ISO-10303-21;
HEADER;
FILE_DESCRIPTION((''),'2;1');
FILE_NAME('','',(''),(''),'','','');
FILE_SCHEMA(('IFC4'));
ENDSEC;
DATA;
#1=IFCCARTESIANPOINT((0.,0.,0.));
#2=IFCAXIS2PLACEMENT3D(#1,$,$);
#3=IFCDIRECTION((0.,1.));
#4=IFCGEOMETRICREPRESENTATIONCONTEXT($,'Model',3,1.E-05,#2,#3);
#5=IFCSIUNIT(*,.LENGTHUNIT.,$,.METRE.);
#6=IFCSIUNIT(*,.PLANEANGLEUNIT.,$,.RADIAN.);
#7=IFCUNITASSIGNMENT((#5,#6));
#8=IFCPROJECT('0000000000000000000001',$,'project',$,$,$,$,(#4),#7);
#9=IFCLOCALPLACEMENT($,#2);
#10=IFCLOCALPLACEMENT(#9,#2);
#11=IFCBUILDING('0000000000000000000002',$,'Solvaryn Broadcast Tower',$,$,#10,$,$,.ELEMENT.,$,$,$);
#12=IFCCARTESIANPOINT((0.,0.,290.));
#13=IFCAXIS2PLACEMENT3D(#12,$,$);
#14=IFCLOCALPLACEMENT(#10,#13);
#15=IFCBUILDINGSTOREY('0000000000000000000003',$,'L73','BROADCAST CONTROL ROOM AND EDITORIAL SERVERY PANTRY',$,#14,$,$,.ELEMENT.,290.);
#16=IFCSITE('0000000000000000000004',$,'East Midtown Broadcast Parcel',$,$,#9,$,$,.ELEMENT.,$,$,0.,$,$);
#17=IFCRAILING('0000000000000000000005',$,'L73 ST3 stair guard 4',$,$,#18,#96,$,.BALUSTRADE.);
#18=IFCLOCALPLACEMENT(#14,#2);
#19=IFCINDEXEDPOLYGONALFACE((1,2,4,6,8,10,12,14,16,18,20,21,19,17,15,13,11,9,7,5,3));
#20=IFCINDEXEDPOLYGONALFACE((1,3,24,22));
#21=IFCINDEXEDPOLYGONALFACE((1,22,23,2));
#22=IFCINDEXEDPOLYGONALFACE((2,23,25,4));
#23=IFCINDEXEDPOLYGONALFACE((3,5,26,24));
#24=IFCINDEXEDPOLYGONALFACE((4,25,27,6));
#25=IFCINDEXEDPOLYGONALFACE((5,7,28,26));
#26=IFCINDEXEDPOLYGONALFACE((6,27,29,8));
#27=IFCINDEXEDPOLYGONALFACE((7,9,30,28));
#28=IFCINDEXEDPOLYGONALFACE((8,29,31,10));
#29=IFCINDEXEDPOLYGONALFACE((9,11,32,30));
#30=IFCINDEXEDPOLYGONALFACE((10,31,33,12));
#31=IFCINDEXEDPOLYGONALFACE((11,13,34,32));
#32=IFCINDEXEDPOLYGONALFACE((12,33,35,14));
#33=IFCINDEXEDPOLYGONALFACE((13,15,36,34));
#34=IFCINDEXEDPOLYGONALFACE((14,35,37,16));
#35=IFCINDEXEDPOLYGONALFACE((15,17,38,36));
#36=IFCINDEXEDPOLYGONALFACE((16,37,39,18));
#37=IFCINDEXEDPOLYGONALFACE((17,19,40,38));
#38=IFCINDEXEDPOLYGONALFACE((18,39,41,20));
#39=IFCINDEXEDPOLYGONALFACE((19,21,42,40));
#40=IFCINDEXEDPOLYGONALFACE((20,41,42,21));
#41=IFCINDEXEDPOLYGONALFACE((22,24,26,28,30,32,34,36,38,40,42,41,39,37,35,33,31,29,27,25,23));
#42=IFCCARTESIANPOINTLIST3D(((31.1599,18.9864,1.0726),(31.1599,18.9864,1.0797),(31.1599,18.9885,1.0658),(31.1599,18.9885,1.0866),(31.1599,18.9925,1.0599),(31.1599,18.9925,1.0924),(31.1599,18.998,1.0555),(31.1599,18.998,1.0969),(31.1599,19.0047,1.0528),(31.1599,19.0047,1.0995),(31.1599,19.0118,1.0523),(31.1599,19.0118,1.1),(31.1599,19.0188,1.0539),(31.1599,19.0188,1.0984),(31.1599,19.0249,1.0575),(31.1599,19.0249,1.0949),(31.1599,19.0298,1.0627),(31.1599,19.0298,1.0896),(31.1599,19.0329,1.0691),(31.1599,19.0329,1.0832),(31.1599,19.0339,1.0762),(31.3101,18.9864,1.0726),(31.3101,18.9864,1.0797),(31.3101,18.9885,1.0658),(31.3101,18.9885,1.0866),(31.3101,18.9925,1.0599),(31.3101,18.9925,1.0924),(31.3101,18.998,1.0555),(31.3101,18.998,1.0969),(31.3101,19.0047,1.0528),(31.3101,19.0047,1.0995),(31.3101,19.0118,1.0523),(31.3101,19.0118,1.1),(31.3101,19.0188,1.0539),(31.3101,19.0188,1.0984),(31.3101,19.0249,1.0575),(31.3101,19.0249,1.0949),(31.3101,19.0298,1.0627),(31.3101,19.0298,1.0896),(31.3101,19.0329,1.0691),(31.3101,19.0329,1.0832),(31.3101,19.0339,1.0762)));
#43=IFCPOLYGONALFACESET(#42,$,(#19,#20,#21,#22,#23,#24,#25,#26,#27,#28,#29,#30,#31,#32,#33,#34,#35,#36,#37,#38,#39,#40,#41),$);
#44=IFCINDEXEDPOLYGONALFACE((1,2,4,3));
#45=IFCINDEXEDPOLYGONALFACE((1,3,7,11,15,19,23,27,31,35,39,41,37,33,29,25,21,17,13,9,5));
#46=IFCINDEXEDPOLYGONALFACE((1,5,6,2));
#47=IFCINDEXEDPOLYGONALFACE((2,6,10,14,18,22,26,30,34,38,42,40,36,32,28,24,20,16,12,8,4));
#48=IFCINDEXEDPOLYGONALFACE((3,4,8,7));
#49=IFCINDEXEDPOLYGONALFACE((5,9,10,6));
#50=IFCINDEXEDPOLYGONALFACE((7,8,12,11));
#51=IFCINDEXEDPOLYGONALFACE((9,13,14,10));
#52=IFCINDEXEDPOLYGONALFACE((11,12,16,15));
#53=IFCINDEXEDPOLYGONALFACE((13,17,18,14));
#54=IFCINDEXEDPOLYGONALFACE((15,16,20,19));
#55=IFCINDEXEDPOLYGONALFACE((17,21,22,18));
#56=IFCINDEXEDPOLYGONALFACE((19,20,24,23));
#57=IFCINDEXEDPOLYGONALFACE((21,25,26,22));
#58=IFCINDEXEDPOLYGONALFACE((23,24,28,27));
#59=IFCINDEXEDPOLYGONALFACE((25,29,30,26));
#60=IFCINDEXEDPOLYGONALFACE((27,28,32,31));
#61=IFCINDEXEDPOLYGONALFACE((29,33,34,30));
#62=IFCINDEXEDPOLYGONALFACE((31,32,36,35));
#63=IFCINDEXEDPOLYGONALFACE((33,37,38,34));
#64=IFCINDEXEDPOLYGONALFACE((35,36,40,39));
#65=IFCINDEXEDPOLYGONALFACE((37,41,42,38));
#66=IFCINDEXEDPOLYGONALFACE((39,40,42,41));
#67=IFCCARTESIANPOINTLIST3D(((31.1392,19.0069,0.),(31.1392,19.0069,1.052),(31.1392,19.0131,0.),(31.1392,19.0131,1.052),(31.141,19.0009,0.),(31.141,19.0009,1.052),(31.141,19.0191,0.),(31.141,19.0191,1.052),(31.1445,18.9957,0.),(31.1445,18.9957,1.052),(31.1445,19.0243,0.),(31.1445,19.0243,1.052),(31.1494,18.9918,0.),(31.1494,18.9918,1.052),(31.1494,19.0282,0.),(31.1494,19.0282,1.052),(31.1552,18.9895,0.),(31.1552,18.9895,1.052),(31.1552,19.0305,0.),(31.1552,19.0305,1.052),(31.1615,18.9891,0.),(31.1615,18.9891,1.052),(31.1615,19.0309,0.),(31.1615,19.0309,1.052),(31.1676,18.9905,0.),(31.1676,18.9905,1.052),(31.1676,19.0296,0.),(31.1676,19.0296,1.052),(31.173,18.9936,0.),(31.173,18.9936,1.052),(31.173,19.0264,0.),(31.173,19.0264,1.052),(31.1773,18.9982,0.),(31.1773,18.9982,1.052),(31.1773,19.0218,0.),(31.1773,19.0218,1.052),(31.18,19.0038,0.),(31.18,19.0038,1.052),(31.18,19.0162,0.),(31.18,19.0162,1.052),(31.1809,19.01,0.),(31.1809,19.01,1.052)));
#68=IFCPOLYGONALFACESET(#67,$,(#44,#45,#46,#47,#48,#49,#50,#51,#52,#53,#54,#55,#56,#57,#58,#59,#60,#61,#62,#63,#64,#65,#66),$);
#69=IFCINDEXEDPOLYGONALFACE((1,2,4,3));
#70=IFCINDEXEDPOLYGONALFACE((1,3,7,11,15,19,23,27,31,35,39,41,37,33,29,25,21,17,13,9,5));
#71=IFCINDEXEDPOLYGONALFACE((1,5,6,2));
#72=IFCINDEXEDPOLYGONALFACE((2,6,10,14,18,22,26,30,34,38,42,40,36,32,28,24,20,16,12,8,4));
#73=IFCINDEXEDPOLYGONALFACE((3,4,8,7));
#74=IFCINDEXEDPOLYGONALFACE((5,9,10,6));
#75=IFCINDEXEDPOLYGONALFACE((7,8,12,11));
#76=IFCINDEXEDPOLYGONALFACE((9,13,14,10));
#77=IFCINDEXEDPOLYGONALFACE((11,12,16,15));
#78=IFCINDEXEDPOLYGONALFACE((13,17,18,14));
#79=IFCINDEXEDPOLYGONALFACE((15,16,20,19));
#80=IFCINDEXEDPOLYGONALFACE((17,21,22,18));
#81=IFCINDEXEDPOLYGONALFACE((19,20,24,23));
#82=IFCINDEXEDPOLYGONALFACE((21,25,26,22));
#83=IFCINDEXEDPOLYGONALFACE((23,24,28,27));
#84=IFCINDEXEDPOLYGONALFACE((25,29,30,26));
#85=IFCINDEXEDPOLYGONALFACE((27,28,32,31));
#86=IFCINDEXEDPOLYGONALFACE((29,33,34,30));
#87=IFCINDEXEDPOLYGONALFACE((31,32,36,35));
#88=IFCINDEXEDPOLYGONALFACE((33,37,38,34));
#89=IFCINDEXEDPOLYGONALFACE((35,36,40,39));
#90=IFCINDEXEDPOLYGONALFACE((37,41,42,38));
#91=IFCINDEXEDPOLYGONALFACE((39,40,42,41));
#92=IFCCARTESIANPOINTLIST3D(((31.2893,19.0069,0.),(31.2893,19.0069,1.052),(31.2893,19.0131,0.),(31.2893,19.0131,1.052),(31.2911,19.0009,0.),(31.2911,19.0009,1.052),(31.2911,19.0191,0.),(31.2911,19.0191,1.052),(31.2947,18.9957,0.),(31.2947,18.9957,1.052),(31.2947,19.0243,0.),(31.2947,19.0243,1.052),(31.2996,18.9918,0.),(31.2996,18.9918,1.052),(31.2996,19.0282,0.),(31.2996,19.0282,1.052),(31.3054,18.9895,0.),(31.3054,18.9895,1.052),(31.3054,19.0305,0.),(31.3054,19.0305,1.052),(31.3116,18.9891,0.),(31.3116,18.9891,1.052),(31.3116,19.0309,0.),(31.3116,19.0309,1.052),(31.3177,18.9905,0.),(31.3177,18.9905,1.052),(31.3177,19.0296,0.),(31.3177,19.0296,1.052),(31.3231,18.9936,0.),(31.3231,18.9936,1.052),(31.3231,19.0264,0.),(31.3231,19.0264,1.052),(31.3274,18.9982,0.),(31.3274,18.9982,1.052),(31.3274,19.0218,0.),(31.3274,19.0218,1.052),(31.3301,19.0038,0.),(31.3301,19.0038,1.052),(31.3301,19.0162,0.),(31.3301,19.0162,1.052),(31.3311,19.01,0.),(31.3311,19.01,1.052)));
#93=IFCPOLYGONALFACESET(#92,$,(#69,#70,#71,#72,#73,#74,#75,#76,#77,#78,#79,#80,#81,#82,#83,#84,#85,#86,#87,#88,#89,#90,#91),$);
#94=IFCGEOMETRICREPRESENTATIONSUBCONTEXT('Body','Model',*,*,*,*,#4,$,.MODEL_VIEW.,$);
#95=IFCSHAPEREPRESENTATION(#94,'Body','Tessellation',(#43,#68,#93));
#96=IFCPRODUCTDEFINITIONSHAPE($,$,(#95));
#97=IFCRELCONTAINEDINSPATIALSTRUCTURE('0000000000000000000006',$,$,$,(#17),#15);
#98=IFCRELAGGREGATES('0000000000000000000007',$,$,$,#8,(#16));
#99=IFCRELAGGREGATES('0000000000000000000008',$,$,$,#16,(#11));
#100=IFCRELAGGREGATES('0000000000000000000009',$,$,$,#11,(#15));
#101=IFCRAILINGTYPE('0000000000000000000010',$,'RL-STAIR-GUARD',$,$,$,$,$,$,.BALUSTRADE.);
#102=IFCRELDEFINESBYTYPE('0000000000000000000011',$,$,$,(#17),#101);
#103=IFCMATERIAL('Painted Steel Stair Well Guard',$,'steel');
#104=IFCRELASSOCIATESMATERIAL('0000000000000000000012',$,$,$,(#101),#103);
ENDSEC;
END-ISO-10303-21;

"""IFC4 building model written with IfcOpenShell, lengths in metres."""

from ifc_helpers import new_model, si_unit, direction, frame, origin, origin_2d, place, context, subcontext, project, spatial, circle, extrude, material, type_object, element, save


model = new_model("IFC4")

# Units and contexts
model_context = context("Model", 3, precision=1e-05, world=origin(), true_north=direction((0.0, 1.0)))
body_context = subcontext(model_context, "Body", "Model", "MODEL_VIEW")
ifc_project = project(units=[si_unit("LENGTHUNIT", "METRE"), si_unit("PLANEANGLEUNIT", "RADIAN")], contexts=[model_context])

# Site, building, storey
site_placement = place(None, origin())
site = spatial("IfcSite", under=ifc_project, at=site_placement, Name="East Midtown Broadcast Parcel", CompositionType="ELEMENT", RefElevation=0.0)
building_placement = place(site_placement, origin())
building = spatial("IfcBuilding", under=site, at=building_placement, Name="Solvaryn Broadcast Tower", CompositionType="ELEMENT")
storey_placement = place(building_placement, frame((0.0, 0.0, 290.0)))
storey = spatial("IfcBuildingStorey", under=building, at=storey_placement, Name="L73", Description="BROADCAST CONTROL ROOM AND EDITORIAL SERVERY PANTRY", CompositionType="ELEMENT", Elevation=290.0)

# Railing
ifc_material_1 = material(Name="Painted Steel Stair Well Guard", Category="steel")
railing_type_1 = type_object("IfcRailingType", Name="RL-STAIR-GUARD", PredefinedType="BALUSTRADE", material=ifc_material_1)
railing_1_placement = place(storey_placement, frame((31.1599, 19.01, 0.0)))
element("IfcRailing", 1, at=railing_1_placement, inside=storey, type_object=railing_type_1, Name="L73 ST3 stair guard 4", PredefinedType="BALUSTRADE", context=body_context, shape_type="SweptSolid", body=[
    extrude(circle(Radius=0.0239, at=origin_2d()), frame((0.0, 0.0, 1.0762), z_axis=(1.0, 0.0, 0.0), x_axis=(0.0, 1.0, 0.0)), (0.0, 0.0, 1.0), 0.1501),
    extrude(circle(Radius=0.021, at=origin_2d()), origin(), (0.0, 0.0, 1.0), 1.052),
    extrude(circle(Radius=0.021, at=origin_2d()), frame((0.1501, 0.0, 0.0)), (0.0, 0.0, 1.0), 1.052),
])

save(model, "model.ifc")
